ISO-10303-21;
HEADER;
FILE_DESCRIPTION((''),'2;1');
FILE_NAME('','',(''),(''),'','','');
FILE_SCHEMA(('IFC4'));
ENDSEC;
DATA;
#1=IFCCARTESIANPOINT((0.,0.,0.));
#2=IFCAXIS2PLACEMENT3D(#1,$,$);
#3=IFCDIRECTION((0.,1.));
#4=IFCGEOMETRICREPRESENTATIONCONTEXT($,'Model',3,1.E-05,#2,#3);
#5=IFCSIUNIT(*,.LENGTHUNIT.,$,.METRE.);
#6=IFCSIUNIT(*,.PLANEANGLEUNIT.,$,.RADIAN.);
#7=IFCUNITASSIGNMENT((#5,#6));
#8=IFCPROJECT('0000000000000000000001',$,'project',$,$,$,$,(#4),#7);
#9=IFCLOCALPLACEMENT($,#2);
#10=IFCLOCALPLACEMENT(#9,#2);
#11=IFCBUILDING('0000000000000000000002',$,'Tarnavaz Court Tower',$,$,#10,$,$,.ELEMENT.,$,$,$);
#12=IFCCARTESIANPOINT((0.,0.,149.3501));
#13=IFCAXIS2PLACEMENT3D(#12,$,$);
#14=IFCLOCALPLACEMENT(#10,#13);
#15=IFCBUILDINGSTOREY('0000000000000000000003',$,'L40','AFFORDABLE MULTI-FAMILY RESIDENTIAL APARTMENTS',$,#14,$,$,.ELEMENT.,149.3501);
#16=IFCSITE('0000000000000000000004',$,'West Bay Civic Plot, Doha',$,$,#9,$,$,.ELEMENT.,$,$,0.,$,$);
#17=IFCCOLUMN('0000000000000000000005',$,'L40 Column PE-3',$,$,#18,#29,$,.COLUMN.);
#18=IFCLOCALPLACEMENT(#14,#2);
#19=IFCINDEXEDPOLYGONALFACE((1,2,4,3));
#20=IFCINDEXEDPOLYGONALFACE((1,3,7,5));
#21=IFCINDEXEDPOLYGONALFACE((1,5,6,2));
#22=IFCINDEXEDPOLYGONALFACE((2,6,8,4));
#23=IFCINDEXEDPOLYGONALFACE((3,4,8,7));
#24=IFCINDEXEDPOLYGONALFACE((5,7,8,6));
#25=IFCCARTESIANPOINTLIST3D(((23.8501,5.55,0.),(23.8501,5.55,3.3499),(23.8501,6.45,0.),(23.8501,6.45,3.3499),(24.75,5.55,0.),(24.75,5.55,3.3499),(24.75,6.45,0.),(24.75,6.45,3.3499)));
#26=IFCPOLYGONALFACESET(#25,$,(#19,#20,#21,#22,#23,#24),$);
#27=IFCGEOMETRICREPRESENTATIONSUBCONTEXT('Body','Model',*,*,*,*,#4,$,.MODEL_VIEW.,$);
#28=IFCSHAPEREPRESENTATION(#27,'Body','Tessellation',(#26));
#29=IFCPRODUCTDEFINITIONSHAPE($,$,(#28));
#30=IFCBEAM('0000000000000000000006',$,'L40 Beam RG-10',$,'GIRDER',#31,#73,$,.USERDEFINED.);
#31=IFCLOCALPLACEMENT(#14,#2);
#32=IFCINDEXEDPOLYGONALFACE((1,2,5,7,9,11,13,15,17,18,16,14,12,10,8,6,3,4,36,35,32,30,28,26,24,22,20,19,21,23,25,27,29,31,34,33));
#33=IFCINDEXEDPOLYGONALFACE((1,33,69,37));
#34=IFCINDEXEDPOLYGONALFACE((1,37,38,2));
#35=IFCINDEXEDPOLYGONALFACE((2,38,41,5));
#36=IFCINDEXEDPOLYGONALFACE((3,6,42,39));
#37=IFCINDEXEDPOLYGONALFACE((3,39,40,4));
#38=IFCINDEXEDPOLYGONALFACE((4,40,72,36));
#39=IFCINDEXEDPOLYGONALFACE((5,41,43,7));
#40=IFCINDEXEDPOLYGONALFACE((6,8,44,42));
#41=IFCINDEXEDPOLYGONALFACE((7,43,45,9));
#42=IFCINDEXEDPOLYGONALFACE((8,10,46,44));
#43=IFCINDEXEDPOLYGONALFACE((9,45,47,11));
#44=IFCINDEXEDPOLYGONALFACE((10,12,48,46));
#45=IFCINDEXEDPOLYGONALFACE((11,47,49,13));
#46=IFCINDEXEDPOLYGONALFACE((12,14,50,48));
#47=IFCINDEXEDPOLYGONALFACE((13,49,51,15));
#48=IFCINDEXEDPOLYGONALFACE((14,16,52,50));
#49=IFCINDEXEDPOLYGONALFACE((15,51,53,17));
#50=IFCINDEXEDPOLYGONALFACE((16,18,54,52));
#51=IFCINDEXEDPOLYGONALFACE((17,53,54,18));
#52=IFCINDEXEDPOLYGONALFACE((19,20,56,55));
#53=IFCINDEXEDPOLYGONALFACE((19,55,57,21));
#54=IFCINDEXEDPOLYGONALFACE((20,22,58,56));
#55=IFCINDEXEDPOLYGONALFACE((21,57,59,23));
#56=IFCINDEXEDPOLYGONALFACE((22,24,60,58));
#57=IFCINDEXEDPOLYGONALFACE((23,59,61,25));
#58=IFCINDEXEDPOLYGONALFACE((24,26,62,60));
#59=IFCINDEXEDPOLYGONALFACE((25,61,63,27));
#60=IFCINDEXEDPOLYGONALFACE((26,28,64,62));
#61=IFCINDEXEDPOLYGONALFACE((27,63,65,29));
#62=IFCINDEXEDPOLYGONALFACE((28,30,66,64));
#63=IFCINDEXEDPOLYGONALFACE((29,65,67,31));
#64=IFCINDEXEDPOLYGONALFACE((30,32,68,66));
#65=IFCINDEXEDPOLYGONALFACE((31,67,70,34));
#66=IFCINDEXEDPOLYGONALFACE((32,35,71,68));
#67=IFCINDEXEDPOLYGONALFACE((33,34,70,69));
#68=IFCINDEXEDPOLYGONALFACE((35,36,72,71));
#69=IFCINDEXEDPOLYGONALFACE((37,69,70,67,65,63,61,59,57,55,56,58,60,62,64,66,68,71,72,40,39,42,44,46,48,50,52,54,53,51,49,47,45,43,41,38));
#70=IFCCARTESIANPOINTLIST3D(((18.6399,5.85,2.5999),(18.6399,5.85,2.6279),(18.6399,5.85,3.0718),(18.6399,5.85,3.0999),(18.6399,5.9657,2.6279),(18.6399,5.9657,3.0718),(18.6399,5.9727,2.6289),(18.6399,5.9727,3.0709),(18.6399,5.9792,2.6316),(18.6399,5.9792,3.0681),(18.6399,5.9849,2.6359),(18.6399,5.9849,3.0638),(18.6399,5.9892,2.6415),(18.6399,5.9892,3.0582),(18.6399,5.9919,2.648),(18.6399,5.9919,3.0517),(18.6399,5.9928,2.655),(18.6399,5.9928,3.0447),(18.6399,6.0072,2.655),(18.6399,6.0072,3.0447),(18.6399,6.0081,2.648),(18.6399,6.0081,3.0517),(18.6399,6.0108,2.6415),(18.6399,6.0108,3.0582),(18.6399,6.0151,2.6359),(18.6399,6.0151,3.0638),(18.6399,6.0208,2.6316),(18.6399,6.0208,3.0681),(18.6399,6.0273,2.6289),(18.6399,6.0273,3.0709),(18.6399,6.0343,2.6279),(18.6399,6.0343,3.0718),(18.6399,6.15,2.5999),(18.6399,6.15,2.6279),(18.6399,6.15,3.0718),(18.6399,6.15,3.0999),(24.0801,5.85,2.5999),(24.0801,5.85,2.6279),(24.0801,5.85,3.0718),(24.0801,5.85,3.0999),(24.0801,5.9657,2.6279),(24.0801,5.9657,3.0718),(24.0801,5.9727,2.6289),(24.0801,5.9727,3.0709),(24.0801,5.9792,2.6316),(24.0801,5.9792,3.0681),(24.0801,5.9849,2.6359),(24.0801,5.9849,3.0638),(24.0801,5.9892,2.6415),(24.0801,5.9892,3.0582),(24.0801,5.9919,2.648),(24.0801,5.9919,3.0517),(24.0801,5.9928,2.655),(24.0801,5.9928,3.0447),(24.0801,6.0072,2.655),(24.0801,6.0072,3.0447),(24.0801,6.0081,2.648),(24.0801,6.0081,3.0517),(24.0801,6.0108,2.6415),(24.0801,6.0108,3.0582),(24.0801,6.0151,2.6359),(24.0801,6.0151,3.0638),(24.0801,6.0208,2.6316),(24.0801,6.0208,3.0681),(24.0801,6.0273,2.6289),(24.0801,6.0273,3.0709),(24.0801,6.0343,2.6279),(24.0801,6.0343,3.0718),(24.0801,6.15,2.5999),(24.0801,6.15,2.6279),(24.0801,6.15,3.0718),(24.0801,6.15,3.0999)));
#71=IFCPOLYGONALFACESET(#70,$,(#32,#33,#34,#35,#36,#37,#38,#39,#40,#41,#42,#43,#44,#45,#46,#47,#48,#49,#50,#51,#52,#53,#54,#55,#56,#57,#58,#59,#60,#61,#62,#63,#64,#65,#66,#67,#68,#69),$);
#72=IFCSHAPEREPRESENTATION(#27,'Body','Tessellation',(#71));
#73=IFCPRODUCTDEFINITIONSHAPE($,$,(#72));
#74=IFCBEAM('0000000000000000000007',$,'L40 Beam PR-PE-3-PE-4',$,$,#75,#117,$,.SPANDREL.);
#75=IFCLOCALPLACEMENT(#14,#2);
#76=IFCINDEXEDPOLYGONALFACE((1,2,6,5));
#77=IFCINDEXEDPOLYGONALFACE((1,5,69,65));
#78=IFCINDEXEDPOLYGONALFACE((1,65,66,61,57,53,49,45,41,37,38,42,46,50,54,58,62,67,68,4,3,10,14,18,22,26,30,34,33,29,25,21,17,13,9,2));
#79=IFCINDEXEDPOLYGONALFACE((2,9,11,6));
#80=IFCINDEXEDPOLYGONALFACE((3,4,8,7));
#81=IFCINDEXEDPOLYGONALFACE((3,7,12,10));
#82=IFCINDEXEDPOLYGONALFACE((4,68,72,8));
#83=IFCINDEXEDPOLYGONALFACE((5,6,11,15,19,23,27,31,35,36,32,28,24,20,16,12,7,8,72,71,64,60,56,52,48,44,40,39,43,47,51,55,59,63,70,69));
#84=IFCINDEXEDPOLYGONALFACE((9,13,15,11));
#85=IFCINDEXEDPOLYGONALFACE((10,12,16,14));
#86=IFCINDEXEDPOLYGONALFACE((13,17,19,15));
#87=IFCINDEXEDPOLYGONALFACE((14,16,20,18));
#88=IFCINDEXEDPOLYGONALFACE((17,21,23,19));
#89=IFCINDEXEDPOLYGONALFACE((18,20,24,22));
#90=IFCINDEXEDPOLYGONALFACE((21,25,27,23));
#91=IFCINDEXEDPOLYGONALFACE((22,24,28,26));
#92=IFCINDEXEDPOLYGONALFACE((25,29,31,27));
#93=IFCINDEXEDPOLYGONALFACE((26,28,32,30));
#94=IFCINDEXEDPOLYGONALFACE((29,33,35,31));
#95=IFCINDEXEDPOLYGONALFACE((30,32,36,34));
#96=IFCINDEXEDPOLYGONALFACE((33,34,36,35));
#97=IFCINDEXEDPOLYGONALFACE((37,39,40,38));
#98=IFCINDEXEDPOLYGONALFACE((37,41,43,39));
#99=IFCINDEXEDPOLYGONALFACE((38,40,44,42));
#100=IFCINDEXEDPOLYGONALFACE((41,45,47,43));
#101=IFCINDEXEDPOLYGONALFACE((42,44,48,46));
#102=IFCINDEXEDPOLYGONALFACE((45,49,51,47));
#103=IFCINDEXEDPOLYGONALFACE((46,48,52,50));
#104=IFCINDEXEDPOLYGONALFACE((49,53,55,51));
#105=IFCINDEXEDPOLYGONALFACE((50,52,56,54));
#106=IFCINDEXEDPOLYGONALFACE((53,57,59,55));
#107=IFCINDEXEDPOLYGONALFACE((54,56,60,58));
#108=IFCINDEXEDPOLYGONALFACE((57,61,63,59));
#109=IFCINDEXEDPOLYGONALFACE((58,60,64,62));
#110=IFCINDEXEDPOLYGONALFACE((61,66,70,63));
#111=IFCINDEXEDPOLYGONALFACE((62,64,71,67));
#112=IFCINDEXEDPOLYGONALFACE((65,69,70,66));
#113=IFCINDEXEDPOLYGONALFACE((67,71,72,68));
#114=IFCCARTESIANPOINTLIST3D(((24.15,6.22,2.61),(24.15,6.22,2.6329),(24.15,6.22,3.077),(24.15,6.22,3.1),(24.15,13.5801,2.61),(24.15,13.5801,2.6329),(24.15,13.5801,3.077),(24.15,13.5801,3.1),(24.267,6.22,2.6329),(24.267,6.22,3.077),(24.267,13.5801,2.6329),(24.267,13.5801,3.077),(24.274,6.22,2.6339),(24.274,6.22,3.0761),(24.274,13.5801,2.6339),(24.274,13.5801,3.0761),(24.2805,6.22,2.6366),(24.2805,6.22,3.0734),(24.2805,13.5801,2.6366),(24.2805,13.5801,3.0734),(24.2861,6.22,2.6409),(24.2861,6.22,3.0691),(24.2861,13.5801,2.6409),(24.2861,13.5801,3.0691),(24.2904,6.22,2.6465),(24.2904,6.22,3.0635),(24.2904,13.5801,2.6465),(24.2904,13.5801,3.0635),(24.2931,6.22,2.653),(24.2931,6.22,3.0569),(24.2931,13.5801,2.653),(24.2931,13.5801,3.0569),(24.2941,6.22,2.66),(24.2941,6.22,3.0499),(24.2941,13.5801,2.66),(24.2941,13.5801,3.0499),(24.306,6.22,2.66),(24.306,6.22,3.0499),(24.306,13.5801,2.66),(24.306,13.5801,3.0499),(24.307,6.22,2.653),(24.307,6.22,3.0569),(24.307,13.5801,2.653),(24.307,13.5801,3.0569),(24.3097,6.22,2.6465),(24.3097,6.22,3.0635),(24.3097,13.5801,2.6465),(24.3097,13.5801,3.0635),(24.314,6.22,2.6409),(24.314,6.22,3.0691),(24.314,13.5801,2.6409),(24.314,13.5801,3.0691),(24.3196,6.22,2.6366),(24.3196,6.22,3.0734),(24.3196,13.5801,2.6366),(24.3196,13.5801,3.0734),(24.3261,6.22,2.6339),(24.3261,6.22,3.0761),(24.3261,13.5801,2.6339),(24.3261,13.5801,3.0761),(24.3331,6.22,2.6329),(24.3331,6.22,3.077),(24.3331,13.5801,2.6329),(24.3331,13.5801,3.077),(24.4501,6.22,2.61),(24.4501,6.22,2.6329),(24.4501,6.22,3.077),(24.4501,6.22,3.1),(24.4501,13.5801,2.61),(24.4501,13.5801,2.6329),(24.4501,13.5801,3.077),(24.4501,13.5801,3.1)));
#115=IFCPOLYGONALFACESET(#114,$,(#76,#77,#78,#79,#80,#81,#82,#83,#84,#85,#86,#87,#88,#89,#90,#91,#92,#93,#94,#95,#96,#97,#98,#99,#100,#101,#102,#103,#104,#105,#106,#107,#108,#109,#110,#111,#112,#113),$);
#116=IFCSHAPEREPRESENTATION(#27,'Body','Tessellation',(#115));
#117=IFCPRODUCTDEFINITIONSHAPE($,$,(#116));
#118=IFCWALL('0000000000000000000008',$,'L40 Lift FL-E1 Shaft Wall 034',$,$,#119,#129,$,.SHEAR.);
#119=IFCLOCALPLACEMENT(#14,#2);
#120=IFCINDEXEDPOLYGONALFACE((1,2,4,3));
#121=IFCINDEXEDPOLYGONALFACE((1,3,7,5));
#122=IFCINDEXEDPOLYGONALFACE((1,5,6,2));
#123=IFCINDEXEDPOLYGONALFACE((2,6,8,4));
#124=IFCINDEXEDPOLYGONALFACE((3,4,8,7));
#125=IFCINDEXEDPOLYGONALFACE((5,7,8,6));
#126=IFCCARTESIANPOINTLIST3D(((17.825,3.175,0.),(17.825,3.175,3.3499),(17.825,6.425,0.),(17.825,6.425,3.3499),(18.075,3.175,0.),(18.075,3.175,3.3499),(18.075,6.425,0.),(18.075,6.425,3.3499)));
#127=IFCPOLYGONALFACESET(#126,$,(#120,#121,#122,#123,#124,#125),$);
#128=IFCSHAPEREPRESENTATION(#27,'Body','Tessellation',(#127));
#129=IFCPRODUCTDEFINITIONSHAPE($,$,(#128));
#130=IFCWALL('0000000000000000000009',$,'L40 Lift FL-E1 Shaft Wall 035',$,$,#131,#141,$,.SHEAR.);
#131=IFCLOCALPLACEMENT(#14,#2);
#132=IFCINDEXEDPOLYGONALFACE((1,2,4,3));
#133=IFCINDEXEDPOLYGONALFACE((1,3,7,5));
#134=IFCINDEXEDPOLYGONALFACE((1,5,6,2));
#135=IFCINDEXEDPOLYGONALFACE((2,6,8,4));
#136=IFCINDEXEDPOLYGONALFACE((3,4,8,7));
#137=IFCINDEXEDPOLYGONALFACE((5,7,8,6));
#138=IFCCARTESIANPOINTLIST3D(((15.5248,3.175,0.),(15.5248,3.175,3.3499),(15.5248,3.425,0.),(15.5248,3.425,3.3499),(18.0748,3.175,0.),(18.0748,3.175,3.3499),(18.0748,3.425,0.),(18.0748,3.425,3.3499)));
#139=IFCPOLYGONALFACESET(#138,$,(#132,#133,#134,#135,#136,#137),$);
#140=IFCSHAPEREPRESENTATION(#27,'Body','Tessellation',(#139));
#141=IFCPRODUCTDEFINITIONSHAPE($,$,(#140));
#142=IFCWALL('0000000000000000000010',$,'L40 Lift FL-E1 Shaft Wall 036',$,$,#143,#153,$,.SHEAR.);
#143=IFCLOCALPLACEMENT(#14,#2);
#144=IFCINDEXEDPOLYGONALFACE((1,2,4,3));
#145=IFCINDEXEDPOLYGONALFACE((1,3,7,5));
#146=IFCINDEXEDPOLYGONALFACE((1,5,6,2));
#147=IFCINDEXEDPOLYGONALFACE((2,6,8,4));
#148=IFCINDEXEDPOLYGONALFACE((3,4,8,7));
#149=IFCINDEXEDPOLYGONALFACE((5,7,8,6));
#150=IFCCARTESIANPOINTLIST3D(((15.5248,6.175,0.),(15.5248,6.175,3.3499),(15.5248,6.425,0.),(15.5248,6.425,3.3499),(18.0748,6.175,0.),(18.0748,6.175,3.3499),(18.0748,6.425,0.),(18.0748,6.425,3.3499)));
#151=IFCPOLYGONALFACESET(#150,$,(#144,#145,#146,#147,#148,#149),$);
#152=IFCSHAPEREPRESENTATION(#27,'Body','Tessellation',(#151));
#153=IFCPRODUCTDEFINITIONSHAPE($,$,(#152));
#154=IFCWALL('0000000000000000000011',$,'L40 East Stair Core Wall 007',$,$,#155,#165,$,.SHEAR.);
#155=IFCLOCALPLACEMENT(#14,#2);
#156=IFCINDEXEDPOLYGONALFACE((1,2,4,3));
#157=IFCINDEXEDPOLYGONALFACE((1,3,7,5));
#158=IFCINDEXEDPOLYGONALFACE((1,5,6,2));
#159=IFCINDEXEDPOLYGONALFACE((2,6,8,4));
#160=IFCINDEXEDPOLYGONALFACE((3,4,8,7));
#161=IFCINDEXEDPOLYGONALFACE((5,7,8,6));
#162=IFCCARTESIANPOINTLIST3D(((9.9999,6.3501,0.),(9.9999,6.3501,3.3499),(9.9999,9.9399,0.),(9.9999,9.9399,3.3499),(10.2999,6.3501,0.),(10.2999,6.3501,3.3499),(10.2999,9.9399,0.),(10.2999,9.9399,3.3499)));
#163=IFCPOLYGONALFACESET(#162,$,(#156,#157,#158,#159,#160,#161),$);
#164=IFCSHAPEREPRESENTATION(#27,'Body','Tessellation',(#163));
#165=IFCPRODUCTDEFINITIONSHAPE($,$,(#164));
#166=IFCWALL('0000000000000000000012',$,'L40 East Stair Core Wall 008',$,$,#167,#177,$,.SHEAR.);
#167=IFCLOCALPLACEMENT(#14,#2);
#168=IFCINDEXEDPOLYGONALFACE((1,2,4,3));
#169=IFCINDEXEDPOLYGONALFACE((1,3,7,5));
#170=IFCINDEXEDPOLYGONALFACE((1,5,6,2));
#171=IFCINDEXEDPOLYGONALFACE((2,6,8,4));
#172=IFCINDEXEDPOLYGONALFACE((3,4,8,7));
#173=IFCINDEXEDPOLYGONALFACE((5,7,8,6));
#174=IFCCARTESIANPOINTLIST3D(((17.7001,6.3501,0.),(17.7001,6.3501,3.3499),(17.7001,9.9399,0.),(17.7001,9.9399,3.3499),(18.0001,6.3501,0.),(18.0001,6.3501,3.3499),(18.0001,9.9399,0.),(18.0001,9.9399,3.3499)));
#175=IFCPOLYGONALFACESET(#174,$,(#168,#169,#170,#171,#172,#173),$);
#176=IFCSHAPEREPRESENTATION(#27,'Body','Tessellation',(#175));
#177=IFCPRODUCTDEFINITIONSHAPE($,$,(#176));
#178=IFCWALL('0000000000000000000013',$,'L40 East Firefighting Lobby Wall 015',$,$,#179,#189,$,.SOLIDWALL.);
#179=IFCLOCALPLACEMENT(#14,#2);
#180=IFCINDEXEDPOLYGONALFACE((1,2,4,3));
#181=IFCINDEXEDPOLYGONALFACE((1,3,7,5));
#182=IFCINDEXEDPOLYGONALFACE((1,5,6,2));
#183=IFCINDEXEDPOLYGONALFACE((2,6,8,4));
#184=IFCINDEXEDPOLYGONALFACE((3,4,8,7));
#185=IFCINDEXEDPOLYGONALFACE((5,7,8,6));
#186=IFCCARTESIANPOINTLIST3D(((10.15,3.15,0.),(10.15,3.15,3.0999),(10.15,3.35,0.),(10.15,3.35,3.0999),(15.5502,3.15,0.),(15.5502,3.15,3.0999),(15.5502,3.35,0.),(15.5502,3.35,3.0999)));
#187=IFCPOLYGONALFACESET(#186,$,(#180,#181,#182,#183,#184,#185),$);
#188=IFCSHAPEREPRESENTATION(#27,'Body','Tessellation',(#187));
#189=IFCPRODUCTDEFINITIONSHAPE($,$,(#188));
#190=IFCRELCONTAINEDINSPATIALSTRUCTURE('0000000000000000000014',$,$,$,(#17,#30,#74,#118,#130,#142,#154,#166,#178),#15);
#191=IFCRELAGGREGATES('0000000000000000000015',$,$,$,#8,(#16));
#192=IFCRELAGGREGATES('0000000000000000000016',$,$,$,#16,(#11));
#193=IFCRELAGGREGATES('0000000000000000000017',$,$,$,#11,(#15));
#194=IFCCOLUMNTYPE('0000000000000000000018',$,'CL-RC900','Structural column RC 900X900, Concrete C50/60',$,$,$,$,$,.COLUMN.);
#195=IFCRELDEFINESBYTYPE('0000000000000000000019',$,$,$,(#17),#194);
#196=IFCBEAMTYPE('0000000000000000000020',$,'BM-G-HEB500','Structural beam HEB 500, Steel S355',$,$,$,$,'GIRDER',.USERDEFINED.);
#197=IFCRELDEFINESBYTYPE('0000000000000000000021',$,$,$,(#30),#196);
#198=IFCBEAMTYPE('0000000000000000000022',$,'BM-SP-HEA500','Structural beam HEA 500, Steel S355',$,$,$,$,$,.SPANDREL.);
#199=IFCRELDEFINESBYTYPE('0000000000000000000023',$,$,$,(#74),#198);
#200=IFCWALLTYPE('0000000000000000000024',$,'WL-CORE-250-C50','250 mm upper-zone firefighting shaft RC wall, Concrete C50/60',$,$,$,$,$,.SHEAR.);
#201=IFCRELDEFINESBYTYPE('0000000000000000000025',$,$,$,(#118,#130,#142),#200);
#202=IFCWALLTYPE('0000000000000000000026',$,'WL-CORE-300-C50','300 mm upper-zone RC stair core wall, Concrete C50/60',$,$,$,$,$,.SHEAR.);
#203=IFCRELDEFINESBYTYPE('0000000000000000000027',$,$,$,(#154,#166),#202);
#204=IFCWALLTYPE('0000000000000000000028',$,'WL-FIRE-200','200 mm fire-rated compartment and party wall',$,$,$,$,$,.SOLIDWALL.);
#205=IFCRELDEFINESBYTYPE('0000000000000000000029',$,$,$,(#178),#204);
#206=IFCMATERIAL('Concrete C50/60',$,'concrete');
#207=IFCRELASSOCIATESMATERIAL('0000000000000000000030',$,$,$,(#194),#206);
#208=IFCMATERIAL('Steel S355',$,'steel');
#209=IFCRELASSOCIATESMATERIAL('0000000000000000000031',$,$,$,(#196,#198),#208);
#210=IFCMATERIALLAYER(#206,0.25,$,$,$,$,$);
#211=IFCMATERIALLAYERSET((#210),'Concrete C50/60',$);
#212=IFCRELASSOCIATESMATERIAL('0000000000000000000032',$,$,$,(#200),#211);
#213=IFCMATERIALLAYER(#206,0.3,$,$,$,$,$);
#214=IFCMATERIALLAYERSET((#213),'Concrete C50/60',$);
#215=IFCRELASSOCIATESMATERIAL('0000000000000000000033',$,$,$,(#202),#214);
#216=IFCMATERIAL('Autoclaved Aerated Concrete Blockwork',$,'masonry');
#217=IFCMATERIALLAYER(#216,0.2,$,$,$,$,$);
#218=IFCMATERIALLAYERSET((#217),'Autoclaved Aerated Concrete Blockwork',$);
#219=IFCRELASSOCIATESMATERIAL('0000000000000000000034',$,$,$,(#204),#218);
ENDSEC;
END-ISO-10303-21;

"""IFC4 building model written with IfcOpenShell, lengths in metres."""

from ifc_helpers import new_model, si_unit, direction, frame, frame_2d, origin, origin_2d, place, context, subcontext, project, spatial, rectangle, i_section, extrude, material, layer, layer_set, material_profile, profile_set, type_object, element, save


model = new_model("IFC4")

# Units and contexts
model_context = context("Model", 3, precision=1e-05, world=origin(), true_north=direction((0.0, 1.0)))
body_context = subcontext(model_context, "Body", "Model", "MODEL_VIEW")
ifc_project = project(units=[si_unit("LENGTHUNIT", "METRE"), si_unit("PLANEANGLEUNIT", "RADIAN")], contexts=[model_context])

# Site, building, storey
site_placement = place(None, origin())
site = spatial("IfcSite", under=ifc_project, at=site_placement, Name="West Bay Civic Plot, Doha", CompositionType="ELEMENT", RefElevation=0.0)
building_placement = place(site_placement, origin())
building = spatial("IfcBuilding", under=site, at=building_placement, Name="Tarnavaz Court Tower", CompositionType="ELEMENT")
storey_placement = place(building_placement, frame((0.0, 0.0, 149.3501)))
storey = spatial("IfcBuildingStorey", under=building, at=storey_placement, Name="L40", Description="AFFORDABLE MULTI-FAMILY RESIDENTIAL APARTMENTS", CompositionType="ELEMENT", Elevation=149.3501)

# Column
ifc_material_1 = material(Name="Concrete C50/60", Category="concrete")
ifc_material_profile_1 = material_profile(ifc_material_1, rectangle(XDim=0.8999, YDim=0.8999, at=origin_2d()), Name="RC 900X900")
ifc_profile_set_1 = profile_set([ifc_material_profile_1], Name="Concrete C50/60")
column_type = type_object("IfcColumnType", Name="CL-RC900", Description="Structural column RC 900X900, Concrete C50/60", PredefinedType="COLUMN", material=ifc_profile_set_1)
column_placement = place(storey_placement, frame((24.3, 6.0, 0.0), z_axis=(0.0, 0.0, 1.0), x_axis=(1.0, 0.0, 0.0)))
element("IfcColumn", 1, at=column_placement, inside=storey, type_object=column_type, Name="L40 Column PE-3", PredefinedType="COLUMN", context=body_context, shape_type="SweptSolid", body=[
    extrude(rectangle(XDim=0.8999, YDim=0.8999, at=origin_2d()), origin(), (0.0, 0.0, 1.0), 3.3499),
])

# Beams
ifc_material_2 = material(Name="Steel S355", Category="steel")
ifc_material_profile_2 = material_profile(ifc_material_2, i_section(OverallWidth=0.3, OverallDepth=0.5, WebThickness=0.0144, FlangeThickness=0.0281, FilletRadius=0.0271, at=origin_2d()), Name="HEB 500")
ifc_profile_set_2 = profile_set([ifc_material_profile_2], Name="Steel S355")
beam_type_1 = type_object("IfcBeamType", Name="BM-G-HEB500", Description="Structural beam HEB 500, Steel S355", ElementType="GIRDER", PredefinedType="USERDEFINED", material=ifc_profile_set_2)
beam_1_placement = place(storey_placement, frame((18.6399, 6.0, 2.8499), z_axis=(1.0, 0.0, 0.0), x_axis=(0.0, 1.0, 0.0)))
element("IfcBeam", 2, at=beam_1_placement, inside=storey, type_object=beam_type_1, Name="L40 Beam RG-10", ObjectType="GIRDER", PredefinedType="USERDEFINED", context=body_context, shape_type="SweptSolid", body=[
    extrude(i_section(OverallWidth=0.3, OverallDepth=0.5, WebThickness=0.0144, FlangeThickness=0.0281, FilletRadius=0.0271, at=origin_2d()), origin(), (0.0, 0.0, 1.0), 5.4402),
])
ifc_material_profile_3 = material_profile(ifc_material_2, i_section(OverallWidth=0.3, OverallDepth=0.49, WebThickness=0.012, FlangeThickness=0.0229, FilletRadius=0.0271, at=origin_2d()), Name="HEA 500")
ifc_profile_set_3 = profile_set([ifc_material_profile_3], Name="Steel S355")
beam_type_2 = type_object("IfcBeamType", Name="BM-SP-HEA500", Description="Structural beam HEA 500, Steel S355", PredefinedType="SPANDREL", material=ifc_profile_set_3)
beam_2_placement = place(storey_placement, frame((24.3, 6.22, 2.855), z_axis=(0.0, 1.0, 0.0), x_axis=(-1.0, 0.0, 0.0)))
element("IfcBeam", 3, at=beam_2_placement, inside=storey, type_object=beam_type_2, Name="L40 Beam PR-PE-3-PE-4", PredefinedType="SPANDREL", context=body_context, shape_type="SweptSolid", body=[
    extrude(i_section(OverallWidth=0.3, OverallDepth=0.49, WebThickness=0.012, FlangeThickness=0.0229, FilletRadius=0.0271, at=origin_2d()), origin(), (0.0, 0.0, 1.0), 7.3601),
])

# Shared definitions
ifc_layer_1 = layer(ifc_material_1, 0.25)
ifc_layer_set_1 = layer_set([ifc_layer_1], Name="Concrete C50/60")
wall_type_1 = type_object("IfcWallType", Name="WL-CORE-250-C50", Description="250 mm upper-zone firefighting shaft RC wall, Concrete C50/60", PredefinedType="SHEAR", material=ifc_layer_set_1)

# Walls
wall_1_placement = place(storey_placement, frame((17.95, 3.175, 0.0), z_axis=(0.0, 0.0, 1.0), x_axis=(0.0, 1.0, 0.0)))
element("IfcWall", 4, at=wall_1_placement, inside=storey, type_object=wall_type_1, Name="L40 Lift FL-E1 Shaft Wall 034", PredefinedType="SHEAR", context=body_context, shape_type="SweptSolid", body=[
    extrude(rectangle(XDim=3.25, YDim=0.25, at=frame_2d((1.625, 0.0))), origin(), (0.0, 0.0, 1.0), 3.3499),
])
for number, where, z_axis, x_axis, name in (
    (5, (15.5249, 3.3, 0.0), (0.0, 0.0, 1.0), (1.0, 0.0, 0.0), "L40 Lift FL-E1 Shaft Wall 035"),
    (6, (15.5249, 6.3, 0.0), (0.0, 0.0, 1.0), (1.0, 0.0, 0.0), "L40 Lift FL-E1 Shaft Wall 036"),
):
    element("IfcWall", number, at=place(storey_placement, frame(where, z_axis=z_axis, x_axis=x_axis)), inside=storey, type_object=wall_type_1, Name=name, PredefinedType="SHEAR", context=body_context, shape_type="SweptSolid", body=[
        extrude(rectangle(XDim=2.55, YDim=0.25, at=frame_2d((1.2749, 0.0))), origin(), (0.0, 0.0, 1.0), 3.3499),
    ])
ifc_layer_2 = layer(ifc_material_1, 0.3)
ifc_layer_set_2 = layer_set([ifc_layer_2], Name="Concrete C50/60")
wall_type_2 = type_object("IfcWallType", Name="WL-CORE-300-C50", Description="300 mm upper-zone RC stair core wall, Concrete C50/60", PredefinedType="SHEAR", material=ifc_layer_set_2)
for number, where, z_axis, x_axis, name in (
    (7, (10.1499, 6.3501, 0.0), (0.0, 0.0, 1.0), (0.0, 1.0, 0.0), "L40 East Stair Core Wall 007"),
    (8, (17.8501, 6.3501, 0.0), (0.0, 0.0, 1.0), (0.0, 1.0, 0.0), "L40 East Stair Core Wall 008"),
):
    element("IfcWall", number, at=place(storey_placement, frame(where, z_axis=z_axis, x_axis=x_axis)), inside=storey, type_object=wall_type_2, Name=name, PredefinedType="SHEAR", context=body_context, shape_type="SweptSolid", body=[
        extrude(rectangle(XDim=3.5898, YDim=0.3, at=frame_2d((1.7949, 0.0))), origin(), (0.0, 0.0, 1.0), 3.3499),
    ])
ifc_material_3 = material(Name="Autoclaved Aerated Concrete Blockwork", Category="masonry")
ifc_layer_3 = layer(ifc_material_3, 0.2)
ifc_layer_set_3 = layer_set([ifc_layer_3], Name="Autoclaved Aerated Concrete Blockwork")
wall_type_3 = type_object("IfcWallType", Name="WL-FIRE-200", Description="200 mm fire-rated compartment and party wall", PredefinedType="SOLIDWALL", material=ifc_layer_set_3)
wall_2_placement = place(storey_placement, frame((10.1499, 3.25, 0.0), z_axis=(0.0, 0.0, 1.0), x_axis=(1.0, 0.0, 0.0)))
element("IfcWall", 9, at=wall_2_placement, inside=storey, type_object=wall_type_3, Name="L40 East Firefighting Lobby Wall 015", PredefinedType="SOLIDWALL", context=body_context, shape_type="SweptSolid", body=[
    extrude(rectangle(XDim=5.4001, YDim=0.2, at=frame_2d((2.7002, 0.0))), origin(), (0.0, 0.0, 1.0), 3.0999),
])

save(model, "model.ifc")
